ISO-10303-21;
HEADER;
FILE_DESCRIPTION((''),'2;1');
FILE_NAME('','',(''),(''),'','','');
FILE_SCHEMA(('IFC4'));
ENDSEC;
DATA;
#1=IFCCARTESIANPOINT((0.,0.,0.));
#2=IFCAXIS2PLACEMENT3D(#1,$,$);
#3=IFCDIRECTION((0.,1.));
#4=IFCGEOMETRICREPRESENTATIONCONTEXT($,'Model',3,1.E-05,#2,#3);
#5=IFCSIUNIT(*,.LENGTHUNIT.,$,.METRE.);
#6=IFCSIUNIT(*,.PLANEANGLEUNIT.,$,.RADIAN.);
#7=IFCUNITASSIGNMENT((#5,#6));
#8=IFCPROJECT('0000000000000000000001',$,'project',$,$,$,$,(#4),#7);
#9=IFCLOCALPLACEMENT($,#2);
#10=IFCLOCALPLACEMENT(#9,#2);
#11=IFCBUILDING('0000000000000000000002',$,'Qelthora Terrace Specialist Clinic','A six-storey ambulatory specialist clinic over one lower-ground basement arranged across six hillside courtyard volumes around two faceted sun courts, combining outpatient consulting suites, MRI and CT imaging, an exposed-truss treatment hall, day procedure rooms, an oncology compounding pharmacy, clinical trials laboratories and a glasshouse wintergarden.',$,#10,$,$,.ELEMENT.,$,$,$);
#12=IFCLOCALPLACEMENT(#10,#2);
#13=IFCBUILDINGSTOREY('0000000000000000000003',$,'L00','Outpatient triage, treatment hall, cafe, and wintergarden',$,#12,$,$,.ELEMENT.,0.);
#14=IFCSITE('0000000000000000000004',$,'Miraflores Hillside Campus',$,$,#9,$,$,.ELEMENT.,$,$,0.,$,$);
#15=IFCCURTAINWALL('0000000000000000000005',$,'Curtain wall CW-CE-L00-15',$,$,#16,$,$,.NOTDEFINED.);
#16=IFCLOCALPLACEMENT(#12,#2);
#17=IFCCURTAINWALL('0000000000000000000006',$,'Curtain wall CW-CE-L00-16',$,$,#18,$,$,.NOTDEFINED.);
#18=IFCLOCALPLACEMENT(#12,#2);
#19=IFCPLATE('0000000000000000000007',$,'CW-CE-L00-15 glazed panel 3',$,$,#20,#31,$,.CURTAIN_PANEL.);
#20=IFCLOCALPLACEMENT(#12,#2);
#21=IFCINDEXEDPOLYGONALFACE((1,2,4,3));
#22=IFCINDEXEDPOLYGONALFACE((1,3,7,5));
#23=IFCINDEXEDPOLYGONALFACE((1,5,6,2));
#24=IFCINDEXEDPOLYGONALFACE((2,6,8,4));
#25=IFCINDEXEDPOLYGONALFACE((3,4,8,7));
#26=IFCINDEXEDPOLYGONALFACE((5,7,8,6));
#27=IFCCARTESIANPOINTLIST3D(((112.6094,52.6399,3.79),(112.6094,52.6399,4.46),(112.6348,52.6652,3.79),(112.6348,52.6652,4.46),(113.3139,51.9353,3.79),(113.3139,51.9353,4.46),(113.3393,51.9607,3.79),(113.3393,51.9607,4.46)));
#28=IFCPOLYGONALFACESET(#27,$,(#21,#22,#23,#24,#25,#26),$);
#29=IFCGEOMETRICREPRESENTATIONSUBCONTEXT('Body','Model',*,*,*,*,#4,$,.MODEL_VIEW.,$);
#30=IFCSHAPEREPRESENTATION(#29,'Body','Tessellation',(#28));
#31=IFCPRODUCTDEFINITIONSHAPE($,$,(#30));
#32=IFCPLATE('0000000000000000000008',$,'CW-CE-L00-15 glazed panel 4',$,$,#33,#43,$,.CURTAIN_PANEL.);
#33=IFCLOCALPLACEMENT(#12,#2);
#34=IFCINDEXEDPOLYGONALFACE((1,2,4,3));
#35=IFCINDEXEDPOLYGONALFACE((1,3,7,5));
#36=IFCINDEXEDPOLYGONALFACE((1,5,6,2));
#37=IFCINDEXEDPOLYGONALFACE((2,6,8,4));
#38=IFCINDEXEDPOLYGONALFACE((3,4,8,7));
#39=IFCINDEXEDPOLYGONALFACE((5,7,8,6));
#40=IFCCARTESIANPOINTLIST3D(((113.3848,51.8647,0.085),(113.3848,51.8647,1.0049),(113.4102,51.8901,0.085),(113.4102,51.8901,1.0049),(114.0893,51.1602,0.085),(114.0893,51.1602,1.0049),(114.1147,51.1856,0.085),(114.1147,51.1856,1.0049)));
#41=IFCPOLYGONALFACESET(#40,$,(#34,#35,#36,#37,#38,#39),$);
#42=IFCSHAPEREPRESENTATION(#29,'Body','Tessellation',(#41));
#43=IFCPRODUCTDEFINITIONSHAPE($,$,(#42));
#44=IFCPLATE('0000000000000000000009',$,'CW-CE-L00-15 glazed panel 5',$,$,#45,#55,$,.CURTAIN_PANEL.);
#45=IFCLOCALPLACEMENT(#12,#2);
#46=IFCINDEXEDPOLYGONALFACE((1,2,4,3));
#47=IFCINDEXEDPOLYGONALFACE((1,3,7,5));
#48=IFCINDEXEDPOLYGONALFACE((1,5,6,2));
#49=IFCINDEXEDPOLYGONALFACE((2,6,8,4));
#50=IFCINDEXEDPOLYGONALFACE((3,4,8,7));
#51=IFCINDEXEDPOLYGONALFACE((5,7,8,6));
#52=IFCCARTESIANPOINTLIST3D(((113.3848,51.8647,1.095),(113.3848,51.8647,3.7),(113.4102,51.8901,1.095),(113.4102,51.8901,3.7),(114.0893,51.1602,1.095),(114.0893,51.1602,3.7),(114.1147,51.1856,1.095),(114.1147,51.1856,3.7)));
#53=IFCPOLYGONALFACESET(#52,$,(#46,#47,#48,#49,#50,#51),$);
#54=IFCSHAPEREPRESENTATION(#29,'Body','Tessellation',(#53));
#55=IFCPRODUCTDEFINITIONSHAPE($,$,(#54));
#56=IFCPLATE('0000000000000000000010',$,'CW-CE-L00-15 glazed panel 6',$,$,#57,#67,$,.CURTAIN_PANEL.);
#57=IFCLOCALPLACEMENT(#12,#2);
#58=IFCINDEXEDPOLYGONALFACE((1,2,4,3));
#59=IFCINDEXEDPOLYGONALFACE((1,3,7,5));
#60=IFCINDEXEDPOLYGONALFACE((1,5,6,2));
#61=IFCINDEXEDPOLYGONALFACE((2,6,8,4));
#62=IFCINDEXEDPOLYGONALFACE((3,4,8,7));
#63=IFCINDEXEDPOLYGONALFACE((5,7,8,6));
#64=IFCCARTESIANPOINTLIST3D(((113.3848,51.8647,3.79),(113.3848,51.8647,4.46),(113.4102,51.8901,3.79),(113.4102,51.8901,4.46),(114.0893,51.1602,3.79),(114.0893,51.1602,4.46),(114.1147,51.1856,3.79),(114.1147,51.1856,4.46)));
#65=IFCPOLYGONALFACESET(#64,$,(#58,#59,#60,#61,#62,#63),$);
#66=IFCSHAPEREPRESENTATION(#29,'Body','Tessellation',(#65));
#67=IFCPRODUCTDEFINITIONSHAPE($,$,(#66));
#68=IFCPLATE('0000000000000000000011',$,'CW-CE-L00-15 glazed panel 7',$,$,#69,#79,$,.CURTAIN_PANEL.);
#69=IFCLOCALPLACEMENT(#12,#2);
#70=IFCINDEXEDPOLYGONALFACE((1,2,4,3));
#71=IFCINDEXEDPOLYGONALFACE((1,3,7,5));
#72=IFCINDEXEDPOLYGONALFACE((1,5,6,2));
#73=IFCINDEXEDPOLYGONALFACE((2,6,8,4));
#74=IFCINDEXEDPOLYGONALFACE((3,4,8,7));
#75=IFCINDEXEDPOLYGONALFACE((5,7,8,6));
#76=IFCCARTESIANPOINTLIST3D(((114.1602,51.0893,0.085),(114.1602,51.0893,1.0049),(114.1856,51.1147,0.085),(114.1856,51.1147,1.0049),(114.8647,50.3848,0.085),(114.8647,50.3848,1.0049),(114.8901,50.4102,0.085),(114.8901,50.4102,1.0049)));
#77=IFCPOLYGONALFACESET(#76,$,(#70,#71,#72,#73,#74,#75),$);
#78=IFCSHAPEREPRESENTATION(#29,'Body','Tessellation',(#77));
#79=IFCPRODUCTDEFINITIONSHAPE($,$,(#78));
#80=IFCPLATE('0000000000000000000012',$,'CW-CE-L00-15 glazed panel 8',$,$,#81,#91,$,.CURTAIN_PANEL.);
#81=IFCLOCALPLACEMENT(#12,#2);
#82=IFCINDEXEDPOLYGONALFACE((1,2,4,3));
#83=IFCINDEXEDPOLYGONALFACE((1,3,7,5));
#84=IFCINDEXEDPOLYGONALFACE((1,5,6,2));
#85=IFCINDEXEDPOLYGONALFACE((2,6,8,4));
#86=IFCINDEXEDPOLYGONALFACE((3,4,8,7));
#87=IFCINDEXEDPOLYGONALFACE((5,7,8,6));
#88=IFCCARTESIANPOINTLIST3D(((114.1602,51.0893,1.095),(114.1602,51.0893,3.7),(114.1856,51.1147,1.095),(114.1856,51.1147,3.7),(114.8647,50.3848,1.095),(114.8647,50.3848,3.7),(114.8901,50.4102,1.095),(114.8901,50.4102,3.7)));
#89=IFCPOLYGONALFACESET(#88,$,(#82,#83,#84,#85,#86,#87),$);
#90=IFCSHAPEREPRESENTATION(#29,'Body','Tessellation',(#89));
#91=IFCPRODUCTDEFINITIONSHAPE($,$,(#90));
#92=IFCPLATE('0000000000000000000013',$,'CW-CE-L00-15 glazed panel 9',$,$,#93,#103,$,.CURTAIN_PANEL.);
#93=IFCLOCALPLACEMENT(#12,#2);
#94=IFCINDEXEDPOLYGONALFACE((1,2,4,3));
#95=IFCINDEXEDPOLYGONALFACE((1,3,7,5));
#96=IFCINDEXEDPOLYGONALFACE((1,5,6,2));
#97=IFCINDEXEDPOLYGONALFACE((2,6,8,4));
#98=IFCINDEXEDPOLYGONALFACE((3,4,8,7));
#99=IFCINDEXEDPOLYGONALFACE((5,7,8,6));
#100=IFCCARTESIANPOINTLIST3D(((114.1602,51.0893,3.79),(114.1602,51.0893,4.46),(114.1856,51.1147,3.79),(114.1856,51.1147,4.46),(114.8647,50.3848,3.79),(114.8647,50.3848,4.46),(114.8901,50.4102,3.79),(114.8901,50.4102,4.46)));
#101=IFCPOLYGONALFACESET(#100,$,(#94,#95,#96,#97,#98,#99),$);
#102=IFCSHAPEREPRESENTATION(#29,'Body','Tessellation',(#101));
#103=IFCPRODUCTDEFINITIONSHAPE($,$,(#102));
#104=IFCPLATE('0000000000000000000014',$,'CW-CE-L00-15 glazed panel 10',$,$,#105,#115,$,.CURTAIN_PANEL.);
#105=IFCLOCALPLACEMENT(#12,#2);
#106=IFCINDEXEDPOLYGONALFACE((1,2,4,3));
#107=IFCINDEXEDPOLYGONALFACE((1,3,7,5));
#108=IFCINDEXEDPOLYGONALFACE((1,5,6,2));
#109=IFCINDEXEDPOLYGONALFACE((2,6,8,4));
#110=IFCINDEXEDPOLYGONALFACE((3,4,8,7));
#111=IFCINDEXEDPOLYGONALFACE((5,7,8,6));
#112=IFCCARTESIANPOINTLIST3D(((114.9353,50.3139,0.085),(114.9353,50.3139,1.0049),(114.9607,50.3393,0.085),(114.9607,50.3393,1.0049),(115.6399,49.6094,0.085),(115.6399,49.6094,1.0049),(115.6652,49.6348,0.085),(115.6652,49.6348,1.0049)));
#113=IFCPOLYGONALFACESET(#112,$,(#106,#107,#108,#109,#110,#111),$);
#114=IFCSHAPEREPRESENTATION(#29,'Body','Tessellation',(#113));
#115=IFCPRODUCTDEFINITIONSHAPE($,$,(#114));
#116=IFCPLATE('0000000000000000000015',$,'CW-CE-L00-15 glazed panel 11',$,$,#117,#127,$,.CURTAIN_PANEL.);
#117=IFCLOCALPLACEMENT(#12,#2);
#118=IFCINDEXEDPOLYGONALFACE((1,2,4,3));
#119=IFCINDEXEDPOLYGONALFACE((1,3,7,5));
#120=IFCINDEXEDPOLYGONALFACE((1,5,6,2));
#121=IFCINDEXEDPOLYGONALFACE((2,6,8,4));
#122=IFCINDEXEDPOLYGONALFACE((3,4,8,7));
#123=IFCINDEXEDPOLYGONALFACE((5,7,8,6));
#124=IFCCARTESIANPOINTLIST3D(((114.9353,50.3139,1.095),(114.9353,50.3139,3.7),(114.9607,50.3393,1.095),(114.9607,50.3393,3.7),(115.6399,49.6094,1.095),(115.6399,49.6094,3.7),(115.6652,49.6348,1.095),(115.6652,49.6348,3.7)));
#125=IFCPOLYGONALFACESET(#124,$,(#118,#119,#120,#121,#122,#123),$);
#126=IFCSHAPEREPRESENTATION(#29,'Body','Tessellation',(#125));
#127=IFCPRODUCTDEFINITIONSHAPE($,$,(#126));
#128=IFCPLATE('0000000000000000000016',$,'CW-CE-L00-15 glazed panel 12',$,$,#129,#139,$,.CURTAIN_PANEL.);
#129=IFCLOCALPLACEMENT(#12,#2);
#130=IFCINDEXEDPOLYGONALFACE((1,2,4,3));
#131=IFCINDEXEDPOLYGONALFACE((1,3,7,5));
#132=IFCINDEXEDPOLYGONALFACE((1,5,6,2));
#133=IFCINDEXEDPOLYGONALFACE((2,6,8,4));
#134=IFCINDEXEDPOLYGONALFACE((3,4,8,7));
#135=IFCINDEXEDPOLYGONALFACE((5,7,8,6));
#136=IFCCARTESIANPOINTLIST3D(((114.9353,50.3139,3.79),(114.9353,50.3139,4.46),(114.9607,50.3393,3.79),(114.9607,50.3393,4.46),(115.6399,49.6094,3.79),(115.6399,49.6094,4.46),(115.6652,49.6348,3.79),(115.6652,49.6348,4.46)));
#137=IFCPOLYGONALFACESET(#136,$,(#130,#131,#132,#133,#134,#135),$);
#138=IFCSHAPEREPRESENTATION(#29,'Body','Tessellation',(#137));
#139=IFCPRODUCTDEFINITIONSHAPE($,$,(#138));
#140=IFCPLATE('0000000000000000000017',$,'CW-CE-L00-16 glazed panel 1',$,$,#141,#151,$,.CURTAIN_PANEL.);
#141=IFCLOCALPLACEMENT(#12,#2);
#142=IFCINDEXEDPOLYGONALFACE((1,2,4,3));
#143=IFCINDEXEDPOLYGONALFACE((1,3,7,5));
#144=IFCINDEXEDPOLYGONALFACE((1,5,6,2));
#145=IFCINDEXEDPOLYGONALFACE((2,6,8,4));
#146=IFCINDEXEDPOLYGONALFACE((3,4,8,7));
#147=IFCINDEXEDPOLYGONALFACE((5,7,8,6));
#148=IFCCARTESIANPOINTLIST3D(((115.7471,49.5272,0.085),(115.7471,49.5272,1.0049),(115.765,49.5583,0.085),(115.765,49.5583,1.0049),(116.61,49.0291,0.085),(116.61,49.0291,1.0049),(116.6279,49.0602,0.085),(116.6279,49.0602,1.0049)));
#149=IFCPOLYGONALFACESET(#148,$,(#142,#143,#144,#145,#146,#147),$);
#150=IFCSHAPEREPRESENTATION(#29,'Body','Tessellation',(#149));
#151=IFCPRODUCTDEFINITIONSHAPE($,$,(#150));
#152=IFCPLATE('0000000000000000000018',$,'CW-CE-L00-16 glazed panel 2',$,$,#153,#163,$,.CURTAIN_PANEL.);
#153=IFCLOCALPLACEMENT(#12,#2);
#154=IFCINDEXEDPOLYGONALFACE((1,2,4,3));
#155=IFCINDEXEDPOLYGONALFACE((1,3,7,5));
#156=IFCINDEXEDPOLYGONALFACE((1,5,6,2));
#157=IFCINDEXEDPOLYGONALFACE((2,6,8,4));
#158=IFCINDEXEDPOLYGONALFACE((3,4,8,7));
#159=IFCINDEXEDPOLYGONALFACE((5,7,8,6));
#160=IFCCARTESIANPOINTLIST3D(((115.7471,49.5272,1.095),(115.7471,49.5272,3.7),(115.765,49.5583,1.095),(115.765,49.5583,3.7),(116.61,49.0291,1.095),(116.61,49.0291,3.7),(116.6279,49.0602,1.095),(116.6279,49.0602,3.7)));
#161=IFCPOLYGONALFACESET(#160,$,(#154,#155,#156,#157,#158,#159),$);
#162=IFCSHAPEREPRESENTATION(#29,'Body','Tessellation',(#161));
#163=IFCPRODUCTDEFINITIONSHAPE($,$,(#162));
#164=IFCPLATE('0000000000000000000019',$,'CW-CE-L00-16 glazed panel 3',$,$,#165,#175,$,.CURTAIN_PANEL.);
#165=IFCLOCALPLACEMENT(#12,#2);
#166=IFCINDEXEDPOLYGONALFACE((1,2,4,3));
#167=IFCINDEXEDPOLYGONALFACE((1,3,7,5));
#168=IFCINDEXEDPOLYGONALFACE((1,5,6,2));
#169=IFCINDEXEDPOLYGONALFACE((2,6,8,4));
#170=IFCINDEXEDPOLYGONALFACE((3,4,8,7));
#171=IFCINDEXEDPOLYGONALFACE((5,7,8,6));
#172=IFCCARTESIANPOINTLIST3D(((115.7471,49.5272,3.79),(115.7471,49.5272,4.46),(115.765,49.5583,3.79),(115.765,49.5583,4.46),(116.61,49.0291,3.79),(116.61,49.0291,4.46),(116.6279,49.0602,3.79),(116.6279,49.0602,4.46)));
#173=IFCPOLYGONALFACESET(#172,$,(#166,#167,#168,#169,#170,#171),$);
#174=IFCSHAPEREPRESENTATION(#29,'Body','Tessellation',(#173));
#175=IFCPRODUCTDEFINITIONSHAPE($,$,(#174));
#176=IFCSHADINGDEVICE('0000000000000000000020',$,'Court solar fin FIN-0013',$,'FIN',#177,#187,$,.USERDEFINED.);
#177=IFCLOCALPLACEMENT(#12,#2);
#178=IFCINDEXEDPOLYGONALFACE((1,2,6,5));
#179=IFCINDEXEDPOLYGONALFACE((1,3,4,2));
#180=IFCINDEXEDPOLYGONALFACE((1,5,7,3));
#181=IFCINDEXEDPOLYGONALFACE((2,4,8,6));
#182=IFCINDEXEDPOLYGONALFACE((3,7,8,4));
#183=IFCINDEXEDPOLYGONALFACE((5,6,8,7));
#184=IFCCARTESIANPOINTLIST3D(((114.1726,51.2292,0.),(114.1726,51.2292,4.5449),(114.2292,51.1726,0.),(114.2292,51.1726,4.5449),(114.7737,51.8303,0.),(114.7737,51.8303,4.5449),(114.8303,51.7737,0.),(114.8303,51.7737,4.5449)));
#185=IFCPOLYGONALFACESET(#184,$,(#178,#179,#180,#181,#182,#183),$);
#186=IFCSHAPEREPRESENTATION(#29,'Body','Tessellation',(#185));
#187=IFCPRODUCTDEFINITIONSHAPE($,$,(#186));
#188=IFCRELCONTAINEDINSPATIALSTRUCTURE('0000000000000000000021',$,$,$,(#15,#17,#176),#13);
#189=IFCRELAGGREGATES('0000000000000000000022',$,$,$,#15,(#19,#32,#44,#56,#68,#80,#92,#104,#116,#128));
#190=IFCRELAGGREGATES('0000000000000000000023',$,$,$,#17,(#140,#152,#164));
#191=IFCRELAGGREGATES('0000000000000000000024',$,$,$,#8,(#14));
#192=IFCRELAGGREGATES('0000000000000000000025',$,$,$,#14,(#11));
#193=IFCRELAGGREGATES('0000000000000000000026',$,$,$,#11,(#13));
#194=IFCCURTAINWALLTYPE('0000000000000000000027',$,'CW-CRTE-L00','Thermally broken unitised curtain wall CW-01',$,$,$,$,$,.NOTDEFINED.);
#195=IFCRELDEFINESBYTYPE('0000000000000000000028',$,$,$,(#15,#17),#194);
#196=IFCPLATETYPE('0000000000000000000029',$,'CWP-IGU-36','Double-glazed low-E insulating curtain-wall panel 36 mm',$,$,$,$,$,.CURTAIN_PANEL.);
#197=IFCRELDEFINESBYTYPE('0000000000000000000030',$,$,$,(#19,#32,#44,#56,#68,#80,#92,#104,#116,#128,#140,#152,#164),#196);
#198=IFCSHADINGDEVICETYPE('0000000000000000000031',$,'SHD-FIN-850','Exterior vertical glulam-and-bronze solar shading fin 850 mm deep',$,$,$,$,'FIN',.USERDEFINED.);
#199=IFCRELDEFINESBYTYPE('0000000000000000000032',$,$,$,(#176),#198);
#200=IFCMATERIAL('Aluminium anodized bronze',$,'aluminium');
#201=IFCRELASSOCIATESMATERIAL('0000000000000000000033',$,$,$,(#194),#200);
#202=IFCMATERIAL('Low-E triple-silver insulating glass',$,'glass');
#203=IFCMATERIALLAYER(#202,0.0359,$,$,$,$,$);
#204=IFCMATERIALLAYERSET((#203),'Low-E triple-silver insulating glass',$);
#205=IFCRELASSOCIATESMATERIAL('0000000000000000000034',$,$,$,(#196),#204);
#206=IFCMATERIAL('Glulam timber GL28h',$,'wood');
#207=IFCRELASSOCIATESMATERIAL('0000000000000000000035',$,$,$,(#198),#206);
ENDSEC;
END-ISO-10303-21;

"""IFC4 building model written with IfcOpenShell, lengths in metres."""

from ifc_helpers import new_model, si_unit, direction, frame, origin, origin_2d, place, context, subcontext, project, spatial, rectangle, extrude, material, layer, layer_set, type_object, element, aggregate, save


model = new_model("IFC4")

# Units and contexts
model_context = context("Model", 3, precision=1e-05, world=origin(), true_north=direction((0.0, 1.0)))
body_context = subcontext(model_context, "Body", "Model", "MODEL_VIEW")
ifc_project = project(units=[si_unit("LENGTHUNIT", "METRE"), si_unit("PLANEANGLEUNIT", "RADIAN")], contexts=[model_context])

# Site, building, storey
site_placement = place(None, origin())
site = spatial("IfcSite", under=ifc_project, at=site_placement, Name="Miraflores Hillside Campus", CompositionType="ELEMENT", RefElevation=0.0)
building_placement = place(site_placement, origin())
building = spatial("IfcBuilding", under=site, at=building_placement, Name="Qelthora Terrace Specialist Clinic", Description="A six-storey ambulatory specialist clinic over one lower-ground basement arranged across six hillside courtyard volumes around two faceted sun courts, combining outpatient consulting suites, MRI and CT imaging, an exposed-truss treatment hall, day procedure rooms, an oncology compounding pharmacy, clinical trials laboratories and a glasshouse wintergarden.", CompositionType="ELEMENT")
storey_placement = place(building_placement, origin())
storey = spatial("IfcBuildingStorey", under=building, at=storey_placement, Name="L00", Description="Outpatient triage, treatment hall, cafe, and wintergarden", CompositionType="ELEMENT", Elevation=0.0)

# Curtain wall
ifc_material_1 = material(Name="Aluminium anodized bronze", Category="aluminium")
curtain_wall_type = type_object("IfcCurtainWallType", Name="CW-CRTE-L00", Description="Thermally broken unitised curtain wall CW-01", PredefinedType="NOTDEFINED", material=ifc_material_1)
curtain_wall_1_placement = place(storey_placement, origin())
curtain_wall_1 = element("IfcCurtainWall", 1, at=curtain_wall_1_placement, inside=storey, type_object=curtain_wall_type, Name="Curtain wall CW-CE-L00-15", PredefinedType="NOTDEFINED")

# Curtain wall
curtain_wall_2_placement = place(storey_placement, origin())
curtain_wall_2 = element("IfcCurtainWall", 2, at=curtain_wall_2_placement, inside=storey, type_object=curtain_wall_type, Name="Curtain wall CW-CE-L00-16", PredefinedType="NOTDEFINED")

# Plates
ifc_material_2 = material(Name="Low-E triple-silver insulating glass", Category="glass")
ifc_layer = layer(ifc_material_2, 0.0359)
ifc_layer_set = layer_set([ifc_layer], Name="Low-E triple-silver insulating glass")
plate_type = type_object("IfcPlateType", Name="CWP-IGU-36", Description="Double-glazed low-E insulating curtain-wall panel 36 mm", PredefinedType="CURTAIN_PANEL", material=ifc_layer_set)
plate_1_placement = place(storey_placement, frame((112.9744, 52.3003, 3.79), z_axis=(0.0, 0.0, 1.0), x_axis=(0.707107, -0.707107, 0.0)))
plate_1 = element("IfcPlate", 3, at=plate_1_placement, type_object=plate_type, Name="CW-CE-L00-15 glazed panel 3", PredefinedType="CURTAIN_PANEL", context=body_context, shape_type="SweptSolid", body=[
    extrude(rectangle(XDim=0.9963, YDim=0.0359, at=origin_2d()), origin(), (0.0, 0.0, 1.0), 0.6699),
])
plate_2_placement = place(storey_placement, frame((113.7498, 51.5251, 0.085), z_axis=(0.0, 0.0, 1.0), x_axis=(0.707107, -0.707107, 0.0)))
plate_2 = element("IfcPlate", 4, at=plate_2_placement, type_object=plate_type, Name="CW-CE-L00-15 glazed panel 4", PredefinedType="CURTAIN_PANEL", context=body_context, shape_type="SweptSolid", body=[
    extrude(rectangle(XDim=0.9963, YDim=0.0359, at=origin_2d()), origin(), (0.0, 0.0, 1.0), 0.9199),
])
plate_3_placement = place(storey_placement, frame((113.7498, 51.5251, 1.095), z_axis=(0.0, 0.0, 1.0), x_axis=(0.707107, -0.707107, 0.0)))
plate_3 = element("IfcPlate", 5, at=plate_3_placement, type_object=plate_type, Name="CW-CE-L00-15 glazed panel 5", PredefinedType="CURTAIN_PANEL", context=body_context, shape_type="SweptSolid", body=[
    extrude(rectangle(XDim=0.9963, YDim=0.0359, at=origin_2d()), origin(), (0.0, 0.0, 1.0), 2.605),
])
plate_4_placement = place(storey_placement, frame((113.7498, 51.5251, 3.79), z_axis=(0.0, 0.0, 1.0), x_axis=(0.707107, -0.707107, 0.0)))
plate_4 = element("IfcPlate", 6, at=plate_4_placement, type_object=plate_type, Name="CW-CE-L00-15 glazed panel 6", PredefinedType="CURTAIN_PANEL", context=body_context, shape_type="SweptSolid", body=[
    extrude(rectangle(XDim=0.9963, YDim=0.0359, at=origin_2d()), origin(), (0.0, 0.0, 1.0), 0.6699),
])
plate_5_placement = place(storey_placement, frame((114.5251, 50.7498, 0.085), z_axis=(0.0, 0.0, 1.0), x_axis=(0.707107, -0.707107, 0.0)))
plate_5 = element("IfcPlate", 7, at=plate_5_placement, type_object=plate_type, Name="CW-CE-L00-15 glazed panel 7", PredefinedType="CURTAIN_PANEL", context=body_context, shape_type="SweptSolid", body=[
    extrude(rectangle(XDim=0.9963, YDim=0.0359, at=origin_2d()), origin(), (0.0, 0.0, 1.0), 0.9199),
])
plate_6_placement = place(storey_placement, frame((114.5251, 50.7498, 1.095), z_axis=(0.0, 0.0, 1.0), x_axis=(0.707107, -0.707107, 0.0)))
plate_6 = element("IfcPlate", 8, at=plate_6_placement, type_object=plate_type, Name="CW-CE-L00-15 glazed panel 8", PredefinedType="CURTAIN_PANEL", context=body_context, shape_type="SweptSolid", body=[
    extrude(rectangle(XDim=0.9963, YDim=0.0359, at=origin_2d()), origin(), (0.0, 0.0, 1.0), 2.605),
])
plate_7_placement = place(storey_placement, frame((114.5251, 50.7498, 3.79), z_axis=(0.0, 0.0, 1.0), x_axis=(0.707107, -0.707107, 0.0)))
plate_7 = element("IfcPlate", 9, at=plate_7_placement, type_object=plate_type, Name="CW-CE-L00-15 glazed panel 9", PredefinedType="CURTAIN_PANEL", context=body_context, shape_type="SweptSolid", body=[
    extrude(rectangle(XDim=0.9963, YDim=0.0359, at=origin_2d()), origin(), (0.0, 0.0, 1.0), 0.6699),
])
plate_8_placement = place(storey_placement, frame((115.3003, 49.9744, 0.085), z_axis=(0.0, 0.0, 1.0), x_axis=(0.707107, -0.707107, 0.0)))
plate_8 = element("IfcPlate", 10, at=plate_8_placement, type_object=plate_type, Name="CW-CE-L00-15 glazed panel 10", PredefinedType="CURTAIN_PANEL", context=body_context, shape_type="SweptSolid", body=[
    extrude(rectangle(XDim=0.9963, YDim=0.0359, at=origin_2d()), origin(), (0.0, 0.0, 1.0), 0.9199),
])
plate_9_placement = place(storey_placement, frame((115.3003, 49.9744, 1.095), z_axis=(0.0, 0.0, 1.0), x_axis=(0.707107, -0.707107, 0.0)))
plate_9 = element("IfcPlate", 11, at=plate_9_placement, type_object=plate_type, Name="CW-CE-L00-15 glazed panel 11", PredefinedType="CURTAIN_PANEL", context=body_context, shape_type="SweptSolid", body=[
    extrude(rectangle(XDim=0.9963, YDim=0.0359, at=origin_2d()), origin(), (0.0, 0.0, 1.0), 2.605),
])
plate_10_placement = place(storey_placement, frame((115.3003, 49.9744, 3.79), z_axis=(0.0, 0.0, 1.0), x_axis=(0.707107, -0.707107, 0.0)))
plate_10 = element("IfcPlate", 12, at=plate_10_placement, type_object=plate_type, Name="CW-CE-L00-15 glazed panel 12", PredefinedType="CURTAIN_PANEL", context=body_context, shape_type="SweptSolid", body=[
    extrude(rectangle(XDim=0.9963, YDim=0.0359, at=origin_2d()), origin(), (0.0, 0.0, 1.0), 0.6699),
])
aggregate(curtain_wall_1, [plate_1, plate_2, plate_3, plate_4, plate_5, plate_6, plate_7, plate_8, plate_9, plate_10])
plate_11_placement = place(storey_placement, frame((116.1875, 49.2937, 0.085), z_axis=(0.0, 0.0, 1.0), x_axis=(0.866025, -0.5, 0.0)))
plate_11 = element("IfcPlate", 13, at=plate_11_placement, type_object=plate_type, Name="CW-CE-L00-16 glazed panel 1", PredefinedType="CURTAIN_PANEL", context=body_context, shape_type="SweptSolid", body=[
    extrude(rectangle(XDim=0.9963, YDim=0.0359, at=origin_2d()), origin(), (0.0, 0.0, 1.0), 0.9199),
])
plate_12_placement = place(storey_placement, frame((116.1875, 49.2937, 1.095), z_axis=(0.0, 0.0, 1.0), x_axis=(0.866025, -0.5, 0.0)))
plate_12 = element("IfcPlate", 14, at=plate_12_placement, type_object=plate_type, Name="CW-CE-L00-16 glazed panel 2", PredefinedType="CURTAIN_PANEL", context=body_context, shape_type="SweptSolid", body=[
    extrude(rectangle(XDim=0.9963, YDim=0.0359, at=origin_2d()), origin(), (0.0, 0.0, 1.0), 2.605),
])
plate_13_placement = place(storey_placement, frame((116.1875, 49.2937, 3.79), z_axis=(0.0, 0.0, 1.0), x_axis=(0.866025, -0.5, 0.0)))
plate_13 = element("IfcPlate", 15, at=plate_13_placement, type_object=plate_type, Name="CW-CE-L00-16 glazed panel 3", PredefinedType="CURTAIN_PANEL", context=body_context, shape_type="SweptSolid", body=[
    extrude(rectangle(XDim=0.9963, YDim=0.0359, at=origin_2d()), origin(), (0.0, 0.0, 1.0), 0.6699),
])
aggregate(curtain_wall_2, [plate_11, plate_12, plate_13])

# Shading device
ifc_material_3 = material(Name="Glulam timber GL28h", Category="wood")
shading_device_type = type_object("IfcShadingDeviceType", Name="SHD-FIN-850", Description="Exterior vertical glulam-and-bronze solar shading fin 850 mm deep", ElementType="FIN", PredefinedType="USERDEFINED", material=ifc_material_3)
shading_device_placement = place(storey_placement, frame((114.5015, 51.5015, 0.0), z_axis=(0.0, 0.0, 1.0), x_axis=(0.707107, 0.707107, 0.0)))
element("IfcShadingDevice", 16, at=shading_device_placement, inside=storey, type_object=shading_device_type, Name="Court solar fin FIN-0013", ObjectType="FIN", PredefinedType="USERDEFINED", context=body_context, shape_type="SweptSolid", body=[
    extrude(rectangle(XDim=0.8501, YDim=0.0801, at=origin_2d()), origin(), (0.0, 0.0, 1.0), 4.5449),
])

save(model, "model.ifc")
